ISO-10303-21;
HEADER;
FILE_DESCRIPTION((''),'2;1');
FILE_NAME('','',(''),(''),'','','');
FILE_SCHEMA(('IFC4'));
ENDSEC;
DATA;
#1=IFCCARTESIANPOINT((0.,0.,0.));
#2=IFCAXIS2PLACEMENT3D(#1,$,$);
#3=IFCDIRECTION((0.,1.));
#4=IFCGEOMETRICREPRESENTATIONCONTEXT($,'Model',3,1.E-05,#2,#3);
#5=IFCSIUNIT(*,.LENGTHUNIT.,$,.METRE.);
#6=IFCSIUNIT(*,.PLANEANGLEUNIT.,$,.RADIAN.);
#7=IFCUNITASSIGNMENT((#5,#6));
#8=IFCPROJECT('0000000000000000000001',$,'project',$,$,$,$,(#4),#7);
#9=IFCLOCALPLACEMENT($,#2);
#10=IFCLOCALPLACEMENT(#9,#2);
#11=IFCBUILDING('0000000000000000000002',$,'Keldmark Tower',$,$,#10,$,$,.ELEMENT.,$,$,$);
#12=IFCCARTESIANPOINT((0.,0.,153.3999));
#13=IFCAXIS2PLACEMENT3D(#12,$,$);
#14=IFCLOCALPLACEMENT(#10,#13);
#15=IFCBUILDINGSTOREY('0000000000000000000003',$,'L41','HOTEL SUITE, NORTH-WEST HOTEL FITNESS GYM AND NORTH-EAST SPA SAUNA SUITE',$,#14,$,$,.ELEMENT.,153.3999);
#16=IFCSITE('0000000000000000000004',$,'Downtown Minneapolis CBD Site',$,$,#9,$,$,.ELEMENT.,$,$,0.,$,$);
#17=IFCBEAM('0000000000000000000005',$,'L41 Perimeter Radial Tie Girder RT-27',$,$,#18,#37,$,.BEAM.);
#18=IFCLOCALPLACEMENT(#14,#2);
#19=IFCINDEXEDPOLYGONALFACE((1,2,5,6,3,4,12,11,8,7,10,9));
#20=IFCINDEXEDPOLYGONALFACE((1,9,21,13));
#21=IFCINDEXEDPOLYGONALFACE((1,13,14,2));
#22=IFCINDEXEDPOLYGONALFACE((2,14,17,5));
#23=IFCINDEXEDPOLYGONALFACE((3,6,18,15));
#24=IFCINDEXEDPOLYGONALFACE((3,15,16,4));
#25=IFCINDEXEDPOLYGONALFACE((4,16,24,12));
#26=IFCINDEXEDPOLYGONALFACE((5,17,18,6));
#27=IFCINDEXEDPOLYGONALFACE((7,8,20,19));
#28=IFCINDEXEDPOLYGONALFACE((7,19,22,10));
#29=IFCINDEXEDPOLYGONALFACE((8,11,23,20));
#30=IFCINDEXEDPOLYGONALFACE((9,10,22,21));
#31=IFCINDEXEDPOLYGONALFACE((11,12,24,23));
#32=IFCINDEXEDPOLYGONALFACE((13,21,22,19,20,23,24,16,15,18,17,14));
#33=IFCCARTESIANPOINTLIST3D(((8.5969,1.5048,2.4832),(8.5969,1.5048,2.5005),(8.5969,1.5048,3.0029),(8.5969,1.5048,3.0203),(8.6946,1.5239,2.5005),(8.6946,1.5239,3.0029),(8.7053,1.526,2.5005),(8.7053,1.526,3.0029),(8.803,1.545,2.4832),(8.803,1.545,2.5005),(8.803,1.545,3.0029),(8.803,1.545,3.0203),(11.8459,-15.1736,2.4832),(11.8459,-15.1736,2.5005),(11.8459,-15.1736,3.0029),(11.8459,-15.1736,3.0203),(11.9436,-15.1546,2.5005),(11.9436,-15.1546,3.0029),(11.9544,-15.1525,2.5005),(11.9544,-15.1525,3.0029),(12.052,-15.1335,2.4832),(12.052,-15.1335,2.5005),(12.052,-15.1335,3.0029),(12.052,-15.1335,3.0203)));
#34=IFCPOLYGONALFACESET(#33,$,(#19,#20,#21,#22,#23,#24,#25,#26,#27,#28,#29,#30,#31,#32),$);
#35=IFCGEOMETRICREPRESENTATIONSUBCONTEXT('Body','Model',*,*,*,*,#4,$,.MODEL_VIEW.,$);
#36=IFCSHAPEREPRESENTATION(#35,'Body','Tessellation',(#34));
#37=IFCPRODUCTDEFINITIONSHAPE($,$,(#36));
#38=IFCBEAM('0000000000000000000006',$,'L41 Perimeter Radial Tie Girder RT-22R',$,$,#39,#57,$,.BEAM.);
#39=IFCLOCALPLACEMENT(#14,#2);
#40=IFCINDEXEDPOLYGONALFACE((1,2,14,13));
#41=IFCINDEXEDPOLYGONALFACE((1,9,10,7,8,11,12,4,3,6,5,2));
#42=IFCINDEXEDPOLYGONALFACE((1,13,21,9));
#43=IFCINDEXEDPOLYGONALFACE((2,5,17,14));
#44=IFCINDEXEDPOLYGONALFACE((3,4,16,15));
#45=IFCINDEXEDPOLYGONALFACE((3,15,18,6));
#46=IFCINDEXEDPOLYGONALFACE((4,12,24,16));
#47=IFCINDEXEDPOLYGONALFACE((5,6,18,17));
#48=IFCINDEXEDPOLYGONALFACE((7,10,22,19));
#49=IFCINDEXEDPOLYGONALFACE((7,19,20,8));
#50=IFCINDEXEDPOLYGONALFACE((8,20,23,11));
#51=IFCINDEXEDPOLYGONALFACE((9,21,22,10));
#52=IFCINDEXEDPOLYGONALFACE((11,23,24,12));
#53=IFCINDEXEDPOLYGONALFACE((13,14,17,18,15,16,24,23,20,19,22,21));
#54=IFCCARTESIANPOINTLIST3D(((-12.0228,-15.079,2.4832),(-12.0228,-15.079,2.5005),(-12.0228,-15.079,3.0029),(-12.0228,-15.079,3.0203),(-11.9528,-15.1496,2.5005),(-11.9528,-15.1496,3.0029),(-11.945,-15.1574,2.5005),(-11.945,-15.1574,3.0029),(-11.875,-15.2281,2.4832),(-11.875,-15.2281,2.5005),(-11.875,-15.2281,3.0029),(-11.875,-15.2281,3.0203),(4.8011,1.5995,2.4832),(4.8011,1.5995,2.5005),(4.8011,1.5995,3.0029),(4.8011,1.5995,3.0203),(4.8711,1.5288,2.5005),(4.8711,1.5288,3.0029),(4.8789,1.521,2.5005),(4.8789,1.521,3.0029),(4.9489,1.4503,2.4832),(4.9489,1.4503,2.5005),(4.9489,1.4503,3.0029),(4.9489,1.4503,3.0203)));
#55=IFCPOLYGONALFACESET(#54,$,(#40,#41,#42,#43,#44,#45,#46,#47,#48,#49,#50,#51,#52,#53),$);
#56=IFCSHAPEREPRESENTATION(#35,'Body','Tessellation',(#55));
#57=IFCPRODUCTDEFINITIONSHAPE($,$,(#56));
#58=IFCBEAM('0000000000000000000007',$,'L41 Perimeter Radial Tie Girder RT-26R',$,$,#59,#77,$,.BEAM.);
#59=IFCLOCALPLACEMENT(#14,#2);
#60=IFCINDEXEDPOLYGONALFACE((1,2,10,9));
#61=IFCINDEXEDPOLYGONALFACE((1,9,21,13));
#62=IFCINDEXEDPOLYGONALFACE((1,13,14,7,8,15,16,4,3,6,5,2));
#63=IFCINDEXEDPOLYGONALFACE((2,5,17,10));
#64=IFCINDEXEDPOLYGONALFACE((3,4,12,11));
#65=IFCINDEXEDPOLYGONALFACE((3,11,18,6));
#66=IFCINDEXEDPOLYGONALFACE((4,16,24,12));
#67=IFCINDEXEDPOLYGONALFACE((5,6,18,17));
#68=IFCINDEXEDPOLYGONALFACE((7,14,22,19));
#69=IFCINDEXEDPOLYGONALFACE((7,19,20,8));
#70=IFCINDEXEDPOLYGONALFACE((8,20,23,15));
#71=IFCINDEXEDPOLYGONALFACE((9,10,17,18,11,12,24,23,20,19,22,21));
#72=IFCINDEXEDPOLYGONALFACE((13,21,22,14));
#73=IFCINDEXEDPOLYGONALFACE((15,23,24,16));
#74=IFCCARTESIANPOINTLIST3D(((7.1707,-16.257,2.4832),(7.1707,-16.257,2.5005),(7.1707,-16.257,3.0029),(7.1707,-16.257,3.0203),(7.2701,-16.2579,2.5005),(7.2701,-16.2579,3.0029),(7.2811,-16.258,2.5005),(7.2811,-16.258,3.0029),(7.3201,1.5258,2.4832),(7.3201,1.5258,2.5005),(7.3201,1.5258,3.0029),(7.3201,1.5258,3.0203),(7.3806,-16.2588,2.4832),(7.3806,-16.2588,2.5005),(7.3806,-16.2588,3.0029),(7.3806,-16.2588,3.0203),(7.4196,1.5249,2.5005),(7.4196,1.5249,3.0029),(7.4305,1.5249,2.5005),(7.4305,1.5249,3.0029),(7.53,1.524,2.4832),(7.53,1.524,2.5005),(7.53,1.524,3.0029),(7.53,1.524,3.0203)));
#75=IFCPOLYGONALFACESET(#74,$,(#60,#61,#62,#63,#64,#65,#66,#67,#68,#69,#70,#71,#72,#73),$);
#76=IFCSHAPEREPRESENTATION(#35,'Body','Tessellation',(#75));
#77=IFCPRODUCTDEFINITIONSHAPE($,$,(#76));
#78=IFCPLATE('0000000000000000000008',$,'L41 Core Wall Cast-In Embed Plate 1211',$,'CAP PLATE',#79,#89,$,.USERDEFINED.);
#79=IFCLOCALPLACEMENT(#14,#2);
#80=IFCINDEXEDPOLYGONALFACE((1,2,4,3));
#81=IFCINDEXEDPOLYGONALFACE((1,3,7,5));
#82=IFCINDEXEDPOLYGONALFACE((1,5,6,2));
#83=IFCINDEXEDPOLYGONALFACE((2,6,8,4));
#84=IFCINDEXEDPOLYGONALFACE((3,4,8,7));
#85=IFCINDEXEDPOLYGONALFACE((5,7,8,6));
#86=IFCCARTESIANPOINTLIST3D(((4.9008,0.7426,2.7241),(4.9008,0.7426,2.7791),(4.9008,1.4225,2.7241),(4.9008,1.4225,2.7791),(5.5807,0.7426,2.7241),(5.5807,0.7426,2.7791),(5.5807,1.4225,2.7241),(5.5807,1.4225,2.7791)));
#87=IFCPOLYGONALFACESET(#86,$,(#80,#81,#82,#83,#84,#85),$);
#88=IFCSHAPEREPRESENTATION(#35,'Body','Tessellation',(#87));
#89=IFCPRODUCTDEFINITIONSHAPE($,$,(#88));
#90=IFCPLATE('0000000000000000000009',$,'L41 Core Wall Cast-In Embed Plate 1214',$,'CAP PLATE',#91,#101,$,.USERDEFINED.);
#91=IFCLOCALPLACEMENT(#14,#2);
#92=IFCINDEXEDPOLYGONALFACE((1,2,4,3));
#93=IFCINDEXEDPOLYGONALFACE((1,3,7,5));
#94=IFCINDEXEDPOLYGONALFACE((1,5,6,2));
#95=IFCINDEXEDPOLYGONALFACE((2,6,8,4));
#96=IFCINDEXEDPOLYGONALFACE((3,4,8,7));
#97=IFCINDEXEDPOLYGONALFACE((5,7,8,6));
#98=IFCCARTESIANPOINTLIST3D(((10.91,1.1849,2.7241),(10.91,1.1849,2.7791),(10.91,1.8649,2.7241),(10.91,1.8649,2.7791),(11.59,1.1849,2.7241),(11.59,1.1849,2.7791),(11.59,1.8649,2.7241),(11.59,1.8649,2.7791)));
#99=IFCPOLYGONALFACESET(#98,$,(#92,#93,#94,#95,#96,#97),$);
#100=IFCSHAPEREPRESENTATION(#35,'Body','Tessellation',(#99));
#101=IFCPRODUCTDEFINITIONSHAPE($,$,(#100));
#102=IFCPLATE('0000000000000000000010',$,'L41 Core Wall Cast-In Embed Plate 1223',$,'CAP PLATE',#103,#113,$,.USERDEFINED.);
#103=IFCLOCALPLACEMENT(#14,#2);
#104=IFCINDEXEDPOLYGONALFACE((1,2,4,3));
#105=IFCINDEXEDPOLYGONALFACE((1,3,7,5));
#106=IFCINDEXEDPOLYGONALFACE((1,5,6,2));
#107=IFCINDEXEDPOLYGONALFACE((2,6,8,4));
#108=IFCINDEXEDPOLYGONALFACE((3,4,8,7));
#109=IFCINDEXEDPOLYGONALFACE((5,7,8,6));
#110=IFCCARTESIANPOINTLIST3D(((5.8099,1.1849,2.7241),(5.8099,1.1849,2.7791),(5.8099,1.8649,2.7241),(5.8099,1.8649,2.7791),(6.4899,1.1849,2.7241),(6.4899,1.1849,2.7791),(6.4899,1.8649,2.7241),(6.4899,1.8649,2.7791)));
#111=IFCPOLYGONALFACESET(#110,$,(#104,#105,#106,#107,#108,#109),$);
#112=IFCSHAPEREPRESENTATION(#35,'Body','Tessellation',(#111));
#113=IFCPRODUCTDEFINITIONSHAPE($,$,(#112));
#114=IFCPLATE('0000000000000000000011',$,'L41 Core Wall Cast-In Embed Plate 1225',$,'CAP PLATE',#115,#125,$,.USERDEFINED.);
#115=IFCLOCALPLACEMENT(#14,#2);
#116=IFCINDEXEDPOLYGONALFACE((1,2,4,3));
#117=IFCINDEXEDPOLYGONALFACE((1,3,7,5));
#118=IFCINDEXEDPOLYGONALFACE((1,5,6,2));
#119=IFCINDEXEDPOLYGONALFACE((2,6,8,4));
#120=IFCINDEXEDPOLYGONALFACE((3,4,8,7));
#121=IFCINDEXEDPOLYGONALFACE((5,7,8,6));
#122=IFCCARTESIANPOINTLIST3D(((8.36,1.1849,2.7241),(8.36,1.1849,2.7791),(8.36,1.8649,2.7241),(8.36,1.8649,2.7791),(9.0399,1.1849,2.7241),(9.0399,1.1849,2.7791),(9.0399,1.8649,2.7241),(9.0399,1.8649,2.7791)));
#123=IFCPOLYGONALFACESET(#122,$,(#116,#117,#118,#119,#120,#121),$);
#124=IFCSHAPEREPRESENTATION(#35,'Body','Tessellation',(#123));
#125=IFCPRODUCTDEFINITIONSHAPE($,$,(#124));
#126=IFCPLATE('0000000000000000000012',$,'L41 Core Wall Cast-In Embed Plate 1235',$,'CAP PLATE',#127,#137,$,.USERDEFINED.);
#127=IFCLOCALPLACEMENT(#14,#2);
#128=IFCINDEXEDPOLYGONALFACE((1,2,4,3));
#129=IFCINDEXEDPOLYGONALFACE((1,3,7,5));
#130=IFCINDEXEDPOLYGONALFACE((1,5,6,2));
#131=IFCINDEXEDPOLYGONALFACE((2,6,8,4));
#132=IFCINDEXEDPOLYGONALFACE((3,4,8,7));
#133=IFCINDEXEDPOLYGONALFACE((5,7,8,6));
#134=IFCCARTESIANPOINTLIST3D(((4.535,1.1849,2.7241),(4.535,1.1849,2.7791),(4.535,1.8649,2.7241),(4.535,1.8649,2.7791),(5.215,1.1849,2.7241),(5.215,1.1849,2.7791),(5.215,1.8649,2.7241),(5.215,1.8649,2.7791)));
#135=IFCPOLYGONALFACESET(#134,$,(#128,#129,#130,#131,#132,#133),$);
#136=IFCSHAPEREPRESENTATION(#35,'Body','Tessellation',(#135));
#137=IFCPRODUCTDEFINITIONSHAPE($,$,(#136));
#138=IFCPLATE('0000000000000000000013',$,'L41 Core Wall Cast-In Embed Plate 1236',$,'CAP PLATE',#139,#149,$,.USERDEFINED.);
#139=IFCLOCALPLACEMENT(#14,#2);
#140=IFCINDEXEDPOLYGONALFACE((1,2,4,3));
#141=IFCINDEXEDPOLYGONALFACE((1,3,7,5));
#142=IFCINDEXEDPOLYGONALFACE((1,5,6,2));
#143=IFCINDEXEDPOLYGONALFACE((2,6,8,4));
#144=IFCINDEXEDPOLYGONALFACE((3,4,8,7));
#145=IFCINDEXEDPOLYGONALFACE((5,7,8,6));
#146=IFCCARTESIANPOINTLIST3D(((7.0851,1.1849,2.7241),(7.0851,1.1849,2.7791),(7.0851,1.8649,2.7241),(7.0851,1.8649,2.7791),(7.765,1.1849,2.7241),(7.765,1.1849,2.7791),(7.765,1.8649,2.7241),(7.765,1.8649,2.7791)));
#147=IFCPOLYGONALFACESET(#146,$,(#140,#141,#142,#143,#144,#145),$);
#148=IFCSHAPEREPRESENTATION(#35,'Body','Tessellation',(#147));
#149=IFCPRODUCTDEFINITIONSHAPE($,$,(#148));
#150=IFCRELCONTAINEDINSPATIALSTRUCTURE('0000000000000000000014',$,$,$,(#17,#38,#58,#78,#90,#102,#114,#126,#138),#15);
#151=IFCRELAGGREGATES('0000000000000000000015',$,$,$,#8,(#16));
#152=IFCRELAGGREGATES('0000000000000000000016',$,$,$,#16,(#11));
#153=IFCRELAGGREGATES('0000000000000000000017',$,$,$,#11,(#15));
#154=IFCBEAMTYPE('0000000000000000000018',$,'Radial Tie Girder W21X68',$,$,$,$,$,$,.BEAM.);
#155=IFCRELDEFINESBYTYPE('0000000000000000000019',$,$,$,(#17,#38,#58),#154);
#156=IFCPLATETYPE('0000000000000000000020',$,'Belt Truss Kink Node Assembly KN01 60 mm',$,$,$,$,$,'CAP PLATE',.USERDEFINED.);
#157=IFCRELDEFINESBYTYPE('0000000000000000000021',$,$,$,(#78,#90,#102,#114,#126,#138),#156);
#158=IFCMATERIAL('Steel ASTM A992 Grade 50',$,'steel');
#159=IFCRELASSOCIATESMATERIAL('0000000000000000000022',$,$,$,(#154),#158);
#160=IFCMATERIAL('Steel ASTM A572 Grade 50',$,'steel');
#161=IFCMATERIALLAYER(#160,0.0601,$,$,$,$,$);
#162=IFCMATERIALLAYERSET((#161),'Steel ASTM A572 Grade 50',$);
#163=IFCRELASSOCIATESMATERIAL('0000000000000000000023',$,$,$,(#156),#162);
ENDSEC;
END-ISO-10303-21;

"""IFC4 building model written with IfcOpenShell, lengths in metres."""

from ifc_helpers import new_model, si_unit, direction, frame, origin, origin_2d, place, context, subcontext, project, spatial, rectangle, i_section, extrude, material, layer, layer_set, material_profile, profile_set, type_object, element, save


model = new_model("IFC4")

# Units and contexts
model_context = context("Model", 3, precision=1e-05, world=origin(), true_north=direction((0.0, 1.0)))
body_context = subcontext(model_context, "Body", "Model", "MODEL_VIEW")
ifc_project = project(units=[si_unit("LENGTHUNIT", "METRE"), si_unit("PLANEANGLEUNIT", "RADIAN")], contexts=[model_context])

# Site, building, storey
site_placement = place(None, origin())
site = spatial("IfcSite", under=ifc_project, at=site_placement, Name="Downtown Minneapolis CBD Site", CompositionType="ELEMENT", RefElevation=0.0)
building_placement = place(site_placement, origin())
building = spatial("IfcBuilding", under=site, at=building_placement, Name="Keldmark Tower", CompositionType="ELEMENT")
storey_placement = place(building_placement, frame((0.0, 0.0, 153.3999)))
storey = spatial("IfcBuildingStorey", under=building, at=storey_placement, Name="L41", Description="HOTEL SUITE, NORTH-WEST HOTEL FITNESS GYM AND NORTH-EAST SPA SAUNA SUITE", CompositionType="ELEMENT", Elevation=153.3999)

# Beams
ifc_material_1 = material(Name="Steel ASTM A992 Grade 50", Category="steel")
ifc_material_profile_1 = material_profile(ifc_material_1, i_section(OverallWidth=0.21, OverallDepth=0.5371, WebThickness=0.011, FlangeThickness=0.0173, at=origin_2d()), Name="W21X68")
ifc_profile_set_1 = profile_set([ifc_material_profile_1], Name="Steel ASTM A992 Grade 50")
beam_type_1 = type_object("IfcBeamType", Name="Radial Tie Girder W21X68", PredefinedType="BEAM", material=ifc_profile_set_1)
beam_1_placement = place(storey_placement, frame((8.7, 1.5249, 2.7517), z_axis=(0.191209, -0.981549, 0.0), x_axis=(0.981549, 0.191209, 0.0)))
element("IfcBeam", 1, at=beam_1_placement, inside=storey, type_object=beam_type_1, Name="L41 Perimeter Radial Tie Girder RT-27", PredefinedType="BEAM", context=body_context, shape_type="SweptSolid", body=[
    extrude(i_section(OverallWidth=0.21, OverallDepth=0.5371, WebThickness=0.011, FlangeThickness=0.0173, at=origin_2d()), origin(), (0.0, 0.0, 1.0), 16.9919),
])
beam_2_placement = place(storey_placement, frame((4.875, 1.5249, 2.7517), z_axis=(-0.710171, -0.704029, 0.0), x_axis=(0.704029, -0.710171, 0.0)))
element("IfcBeam", 2, at=beam_2_placement, inside=storey, type_object=beam_type_1, Name="L41 Perimeter Radial Tie Girder RT-22R", PredefinedType="BEAM", context=body_context, shape_type="SweptSolid", body=[
    extrude(i_section(OverallWidth=0.21, OverallDepth=0.5371, WebThickness=0.011, FlangeThickness=0.0173, at=origin_2d()), origin(), (0.0, 0.0, 1.0), 23.6899),
])
beam_3_placement = place(storey_placement, frame((7.425, 1.5249, 2.7517), z_axis=(-0.008402, -0.999965, 0.0), x_axis=(0.999965, -0.008402, 0.0)))
element("IfcBeam", 3, at=beam_3_placement, inside=storey, type_object=beam_type_1, Name="L41 Perimeter Radial Tie Girder RT-26R", PredefinedType="BEAM", context=body_context, shape_type="SweptSolid", body=[
    extrude(i_section(OverallWidth=0.21, OverallDepth=0.5371, WebThickness=0.011, FlangeThickness=0.0173, at=origin_2d()), origin(), (0.0, 0.0, 1.0), 17.7834),
])

# Plates
ifc_material_2 = material(Name="Steel ASTM A572 Grade 50", Category="steel")
ifc_layer_1 = layer(ifc_material_2, 0.0601)
ifc_layer_set_1 = layer_set([ifc_layer_1], Name="Steel ASTM A572 Grade 50")
plate_type = type_object("IfcPlateType", Name="Belt Truss Kink Node Assembly KN01 60 mm", ElementType="CAP PLATE", PredefinedType="USERDEFINED", material=ifc_layer_set_1)
for number, where, z_axis, x_axis, name in (
    (4, (5.2407, 1.0825, 2.7241), (0.0, 0.0, 1.0), (1.0, 0.0, 0.0), "L41 Core Wall Cast-In Embed Plate 1211"),
    (5, (11.25, 1.5249, 2.7241), (0.0, 0.0, 1.0), (1.0, 0.0, 0.0), "L41 Core Wall Cast-In Embed Plate 1214"),
    (6, (6.1499, 1.5249, 2.7241), (0.0, 0.0, 1.0), (1.0, 0.0, 0.0), "L41 Core Wall Cast-In Embed Plate 1223"),
    (7, (8.7, 1.5249, 2.7241), (0.0, 0.0, 1.0), (1.0, 0.0, 0.0), "L41 Core Wall Cast-In Embed Plate 1225"),
    (8, (4.875, 1.5249, 2.7241), (0.0, 0.0, 1.0), (1.0, 0.0, 0.0), "L41 Core Wall Cast-In Embed Plate 1235"),
    (9, (7.425, 1.5249, 2.7241), (0.0, 0.0, 1.0), (1.0, 0.0, 0.0), "L41 Core Wall Cast-In Embed Plate 1236"),
):
    element("IfcPlate", number, at=place(storey_placement, frame(where, z_axis=z_axis, x_axis=x_axis)), inside=storey, type_object=plate_type, Name=name, ObjectType="CAP PLATE", PredefinedType="USERDEFINED", context=body_context, shape_type="SweptSolid", body=[
        extrude(rectangle(XDim=0.6799, YDim=0.6799, at=origin_2d()), origin(), (0.0, 0.0, 1.0), 0.0549),
    ])

save(model, "model.ifc")
